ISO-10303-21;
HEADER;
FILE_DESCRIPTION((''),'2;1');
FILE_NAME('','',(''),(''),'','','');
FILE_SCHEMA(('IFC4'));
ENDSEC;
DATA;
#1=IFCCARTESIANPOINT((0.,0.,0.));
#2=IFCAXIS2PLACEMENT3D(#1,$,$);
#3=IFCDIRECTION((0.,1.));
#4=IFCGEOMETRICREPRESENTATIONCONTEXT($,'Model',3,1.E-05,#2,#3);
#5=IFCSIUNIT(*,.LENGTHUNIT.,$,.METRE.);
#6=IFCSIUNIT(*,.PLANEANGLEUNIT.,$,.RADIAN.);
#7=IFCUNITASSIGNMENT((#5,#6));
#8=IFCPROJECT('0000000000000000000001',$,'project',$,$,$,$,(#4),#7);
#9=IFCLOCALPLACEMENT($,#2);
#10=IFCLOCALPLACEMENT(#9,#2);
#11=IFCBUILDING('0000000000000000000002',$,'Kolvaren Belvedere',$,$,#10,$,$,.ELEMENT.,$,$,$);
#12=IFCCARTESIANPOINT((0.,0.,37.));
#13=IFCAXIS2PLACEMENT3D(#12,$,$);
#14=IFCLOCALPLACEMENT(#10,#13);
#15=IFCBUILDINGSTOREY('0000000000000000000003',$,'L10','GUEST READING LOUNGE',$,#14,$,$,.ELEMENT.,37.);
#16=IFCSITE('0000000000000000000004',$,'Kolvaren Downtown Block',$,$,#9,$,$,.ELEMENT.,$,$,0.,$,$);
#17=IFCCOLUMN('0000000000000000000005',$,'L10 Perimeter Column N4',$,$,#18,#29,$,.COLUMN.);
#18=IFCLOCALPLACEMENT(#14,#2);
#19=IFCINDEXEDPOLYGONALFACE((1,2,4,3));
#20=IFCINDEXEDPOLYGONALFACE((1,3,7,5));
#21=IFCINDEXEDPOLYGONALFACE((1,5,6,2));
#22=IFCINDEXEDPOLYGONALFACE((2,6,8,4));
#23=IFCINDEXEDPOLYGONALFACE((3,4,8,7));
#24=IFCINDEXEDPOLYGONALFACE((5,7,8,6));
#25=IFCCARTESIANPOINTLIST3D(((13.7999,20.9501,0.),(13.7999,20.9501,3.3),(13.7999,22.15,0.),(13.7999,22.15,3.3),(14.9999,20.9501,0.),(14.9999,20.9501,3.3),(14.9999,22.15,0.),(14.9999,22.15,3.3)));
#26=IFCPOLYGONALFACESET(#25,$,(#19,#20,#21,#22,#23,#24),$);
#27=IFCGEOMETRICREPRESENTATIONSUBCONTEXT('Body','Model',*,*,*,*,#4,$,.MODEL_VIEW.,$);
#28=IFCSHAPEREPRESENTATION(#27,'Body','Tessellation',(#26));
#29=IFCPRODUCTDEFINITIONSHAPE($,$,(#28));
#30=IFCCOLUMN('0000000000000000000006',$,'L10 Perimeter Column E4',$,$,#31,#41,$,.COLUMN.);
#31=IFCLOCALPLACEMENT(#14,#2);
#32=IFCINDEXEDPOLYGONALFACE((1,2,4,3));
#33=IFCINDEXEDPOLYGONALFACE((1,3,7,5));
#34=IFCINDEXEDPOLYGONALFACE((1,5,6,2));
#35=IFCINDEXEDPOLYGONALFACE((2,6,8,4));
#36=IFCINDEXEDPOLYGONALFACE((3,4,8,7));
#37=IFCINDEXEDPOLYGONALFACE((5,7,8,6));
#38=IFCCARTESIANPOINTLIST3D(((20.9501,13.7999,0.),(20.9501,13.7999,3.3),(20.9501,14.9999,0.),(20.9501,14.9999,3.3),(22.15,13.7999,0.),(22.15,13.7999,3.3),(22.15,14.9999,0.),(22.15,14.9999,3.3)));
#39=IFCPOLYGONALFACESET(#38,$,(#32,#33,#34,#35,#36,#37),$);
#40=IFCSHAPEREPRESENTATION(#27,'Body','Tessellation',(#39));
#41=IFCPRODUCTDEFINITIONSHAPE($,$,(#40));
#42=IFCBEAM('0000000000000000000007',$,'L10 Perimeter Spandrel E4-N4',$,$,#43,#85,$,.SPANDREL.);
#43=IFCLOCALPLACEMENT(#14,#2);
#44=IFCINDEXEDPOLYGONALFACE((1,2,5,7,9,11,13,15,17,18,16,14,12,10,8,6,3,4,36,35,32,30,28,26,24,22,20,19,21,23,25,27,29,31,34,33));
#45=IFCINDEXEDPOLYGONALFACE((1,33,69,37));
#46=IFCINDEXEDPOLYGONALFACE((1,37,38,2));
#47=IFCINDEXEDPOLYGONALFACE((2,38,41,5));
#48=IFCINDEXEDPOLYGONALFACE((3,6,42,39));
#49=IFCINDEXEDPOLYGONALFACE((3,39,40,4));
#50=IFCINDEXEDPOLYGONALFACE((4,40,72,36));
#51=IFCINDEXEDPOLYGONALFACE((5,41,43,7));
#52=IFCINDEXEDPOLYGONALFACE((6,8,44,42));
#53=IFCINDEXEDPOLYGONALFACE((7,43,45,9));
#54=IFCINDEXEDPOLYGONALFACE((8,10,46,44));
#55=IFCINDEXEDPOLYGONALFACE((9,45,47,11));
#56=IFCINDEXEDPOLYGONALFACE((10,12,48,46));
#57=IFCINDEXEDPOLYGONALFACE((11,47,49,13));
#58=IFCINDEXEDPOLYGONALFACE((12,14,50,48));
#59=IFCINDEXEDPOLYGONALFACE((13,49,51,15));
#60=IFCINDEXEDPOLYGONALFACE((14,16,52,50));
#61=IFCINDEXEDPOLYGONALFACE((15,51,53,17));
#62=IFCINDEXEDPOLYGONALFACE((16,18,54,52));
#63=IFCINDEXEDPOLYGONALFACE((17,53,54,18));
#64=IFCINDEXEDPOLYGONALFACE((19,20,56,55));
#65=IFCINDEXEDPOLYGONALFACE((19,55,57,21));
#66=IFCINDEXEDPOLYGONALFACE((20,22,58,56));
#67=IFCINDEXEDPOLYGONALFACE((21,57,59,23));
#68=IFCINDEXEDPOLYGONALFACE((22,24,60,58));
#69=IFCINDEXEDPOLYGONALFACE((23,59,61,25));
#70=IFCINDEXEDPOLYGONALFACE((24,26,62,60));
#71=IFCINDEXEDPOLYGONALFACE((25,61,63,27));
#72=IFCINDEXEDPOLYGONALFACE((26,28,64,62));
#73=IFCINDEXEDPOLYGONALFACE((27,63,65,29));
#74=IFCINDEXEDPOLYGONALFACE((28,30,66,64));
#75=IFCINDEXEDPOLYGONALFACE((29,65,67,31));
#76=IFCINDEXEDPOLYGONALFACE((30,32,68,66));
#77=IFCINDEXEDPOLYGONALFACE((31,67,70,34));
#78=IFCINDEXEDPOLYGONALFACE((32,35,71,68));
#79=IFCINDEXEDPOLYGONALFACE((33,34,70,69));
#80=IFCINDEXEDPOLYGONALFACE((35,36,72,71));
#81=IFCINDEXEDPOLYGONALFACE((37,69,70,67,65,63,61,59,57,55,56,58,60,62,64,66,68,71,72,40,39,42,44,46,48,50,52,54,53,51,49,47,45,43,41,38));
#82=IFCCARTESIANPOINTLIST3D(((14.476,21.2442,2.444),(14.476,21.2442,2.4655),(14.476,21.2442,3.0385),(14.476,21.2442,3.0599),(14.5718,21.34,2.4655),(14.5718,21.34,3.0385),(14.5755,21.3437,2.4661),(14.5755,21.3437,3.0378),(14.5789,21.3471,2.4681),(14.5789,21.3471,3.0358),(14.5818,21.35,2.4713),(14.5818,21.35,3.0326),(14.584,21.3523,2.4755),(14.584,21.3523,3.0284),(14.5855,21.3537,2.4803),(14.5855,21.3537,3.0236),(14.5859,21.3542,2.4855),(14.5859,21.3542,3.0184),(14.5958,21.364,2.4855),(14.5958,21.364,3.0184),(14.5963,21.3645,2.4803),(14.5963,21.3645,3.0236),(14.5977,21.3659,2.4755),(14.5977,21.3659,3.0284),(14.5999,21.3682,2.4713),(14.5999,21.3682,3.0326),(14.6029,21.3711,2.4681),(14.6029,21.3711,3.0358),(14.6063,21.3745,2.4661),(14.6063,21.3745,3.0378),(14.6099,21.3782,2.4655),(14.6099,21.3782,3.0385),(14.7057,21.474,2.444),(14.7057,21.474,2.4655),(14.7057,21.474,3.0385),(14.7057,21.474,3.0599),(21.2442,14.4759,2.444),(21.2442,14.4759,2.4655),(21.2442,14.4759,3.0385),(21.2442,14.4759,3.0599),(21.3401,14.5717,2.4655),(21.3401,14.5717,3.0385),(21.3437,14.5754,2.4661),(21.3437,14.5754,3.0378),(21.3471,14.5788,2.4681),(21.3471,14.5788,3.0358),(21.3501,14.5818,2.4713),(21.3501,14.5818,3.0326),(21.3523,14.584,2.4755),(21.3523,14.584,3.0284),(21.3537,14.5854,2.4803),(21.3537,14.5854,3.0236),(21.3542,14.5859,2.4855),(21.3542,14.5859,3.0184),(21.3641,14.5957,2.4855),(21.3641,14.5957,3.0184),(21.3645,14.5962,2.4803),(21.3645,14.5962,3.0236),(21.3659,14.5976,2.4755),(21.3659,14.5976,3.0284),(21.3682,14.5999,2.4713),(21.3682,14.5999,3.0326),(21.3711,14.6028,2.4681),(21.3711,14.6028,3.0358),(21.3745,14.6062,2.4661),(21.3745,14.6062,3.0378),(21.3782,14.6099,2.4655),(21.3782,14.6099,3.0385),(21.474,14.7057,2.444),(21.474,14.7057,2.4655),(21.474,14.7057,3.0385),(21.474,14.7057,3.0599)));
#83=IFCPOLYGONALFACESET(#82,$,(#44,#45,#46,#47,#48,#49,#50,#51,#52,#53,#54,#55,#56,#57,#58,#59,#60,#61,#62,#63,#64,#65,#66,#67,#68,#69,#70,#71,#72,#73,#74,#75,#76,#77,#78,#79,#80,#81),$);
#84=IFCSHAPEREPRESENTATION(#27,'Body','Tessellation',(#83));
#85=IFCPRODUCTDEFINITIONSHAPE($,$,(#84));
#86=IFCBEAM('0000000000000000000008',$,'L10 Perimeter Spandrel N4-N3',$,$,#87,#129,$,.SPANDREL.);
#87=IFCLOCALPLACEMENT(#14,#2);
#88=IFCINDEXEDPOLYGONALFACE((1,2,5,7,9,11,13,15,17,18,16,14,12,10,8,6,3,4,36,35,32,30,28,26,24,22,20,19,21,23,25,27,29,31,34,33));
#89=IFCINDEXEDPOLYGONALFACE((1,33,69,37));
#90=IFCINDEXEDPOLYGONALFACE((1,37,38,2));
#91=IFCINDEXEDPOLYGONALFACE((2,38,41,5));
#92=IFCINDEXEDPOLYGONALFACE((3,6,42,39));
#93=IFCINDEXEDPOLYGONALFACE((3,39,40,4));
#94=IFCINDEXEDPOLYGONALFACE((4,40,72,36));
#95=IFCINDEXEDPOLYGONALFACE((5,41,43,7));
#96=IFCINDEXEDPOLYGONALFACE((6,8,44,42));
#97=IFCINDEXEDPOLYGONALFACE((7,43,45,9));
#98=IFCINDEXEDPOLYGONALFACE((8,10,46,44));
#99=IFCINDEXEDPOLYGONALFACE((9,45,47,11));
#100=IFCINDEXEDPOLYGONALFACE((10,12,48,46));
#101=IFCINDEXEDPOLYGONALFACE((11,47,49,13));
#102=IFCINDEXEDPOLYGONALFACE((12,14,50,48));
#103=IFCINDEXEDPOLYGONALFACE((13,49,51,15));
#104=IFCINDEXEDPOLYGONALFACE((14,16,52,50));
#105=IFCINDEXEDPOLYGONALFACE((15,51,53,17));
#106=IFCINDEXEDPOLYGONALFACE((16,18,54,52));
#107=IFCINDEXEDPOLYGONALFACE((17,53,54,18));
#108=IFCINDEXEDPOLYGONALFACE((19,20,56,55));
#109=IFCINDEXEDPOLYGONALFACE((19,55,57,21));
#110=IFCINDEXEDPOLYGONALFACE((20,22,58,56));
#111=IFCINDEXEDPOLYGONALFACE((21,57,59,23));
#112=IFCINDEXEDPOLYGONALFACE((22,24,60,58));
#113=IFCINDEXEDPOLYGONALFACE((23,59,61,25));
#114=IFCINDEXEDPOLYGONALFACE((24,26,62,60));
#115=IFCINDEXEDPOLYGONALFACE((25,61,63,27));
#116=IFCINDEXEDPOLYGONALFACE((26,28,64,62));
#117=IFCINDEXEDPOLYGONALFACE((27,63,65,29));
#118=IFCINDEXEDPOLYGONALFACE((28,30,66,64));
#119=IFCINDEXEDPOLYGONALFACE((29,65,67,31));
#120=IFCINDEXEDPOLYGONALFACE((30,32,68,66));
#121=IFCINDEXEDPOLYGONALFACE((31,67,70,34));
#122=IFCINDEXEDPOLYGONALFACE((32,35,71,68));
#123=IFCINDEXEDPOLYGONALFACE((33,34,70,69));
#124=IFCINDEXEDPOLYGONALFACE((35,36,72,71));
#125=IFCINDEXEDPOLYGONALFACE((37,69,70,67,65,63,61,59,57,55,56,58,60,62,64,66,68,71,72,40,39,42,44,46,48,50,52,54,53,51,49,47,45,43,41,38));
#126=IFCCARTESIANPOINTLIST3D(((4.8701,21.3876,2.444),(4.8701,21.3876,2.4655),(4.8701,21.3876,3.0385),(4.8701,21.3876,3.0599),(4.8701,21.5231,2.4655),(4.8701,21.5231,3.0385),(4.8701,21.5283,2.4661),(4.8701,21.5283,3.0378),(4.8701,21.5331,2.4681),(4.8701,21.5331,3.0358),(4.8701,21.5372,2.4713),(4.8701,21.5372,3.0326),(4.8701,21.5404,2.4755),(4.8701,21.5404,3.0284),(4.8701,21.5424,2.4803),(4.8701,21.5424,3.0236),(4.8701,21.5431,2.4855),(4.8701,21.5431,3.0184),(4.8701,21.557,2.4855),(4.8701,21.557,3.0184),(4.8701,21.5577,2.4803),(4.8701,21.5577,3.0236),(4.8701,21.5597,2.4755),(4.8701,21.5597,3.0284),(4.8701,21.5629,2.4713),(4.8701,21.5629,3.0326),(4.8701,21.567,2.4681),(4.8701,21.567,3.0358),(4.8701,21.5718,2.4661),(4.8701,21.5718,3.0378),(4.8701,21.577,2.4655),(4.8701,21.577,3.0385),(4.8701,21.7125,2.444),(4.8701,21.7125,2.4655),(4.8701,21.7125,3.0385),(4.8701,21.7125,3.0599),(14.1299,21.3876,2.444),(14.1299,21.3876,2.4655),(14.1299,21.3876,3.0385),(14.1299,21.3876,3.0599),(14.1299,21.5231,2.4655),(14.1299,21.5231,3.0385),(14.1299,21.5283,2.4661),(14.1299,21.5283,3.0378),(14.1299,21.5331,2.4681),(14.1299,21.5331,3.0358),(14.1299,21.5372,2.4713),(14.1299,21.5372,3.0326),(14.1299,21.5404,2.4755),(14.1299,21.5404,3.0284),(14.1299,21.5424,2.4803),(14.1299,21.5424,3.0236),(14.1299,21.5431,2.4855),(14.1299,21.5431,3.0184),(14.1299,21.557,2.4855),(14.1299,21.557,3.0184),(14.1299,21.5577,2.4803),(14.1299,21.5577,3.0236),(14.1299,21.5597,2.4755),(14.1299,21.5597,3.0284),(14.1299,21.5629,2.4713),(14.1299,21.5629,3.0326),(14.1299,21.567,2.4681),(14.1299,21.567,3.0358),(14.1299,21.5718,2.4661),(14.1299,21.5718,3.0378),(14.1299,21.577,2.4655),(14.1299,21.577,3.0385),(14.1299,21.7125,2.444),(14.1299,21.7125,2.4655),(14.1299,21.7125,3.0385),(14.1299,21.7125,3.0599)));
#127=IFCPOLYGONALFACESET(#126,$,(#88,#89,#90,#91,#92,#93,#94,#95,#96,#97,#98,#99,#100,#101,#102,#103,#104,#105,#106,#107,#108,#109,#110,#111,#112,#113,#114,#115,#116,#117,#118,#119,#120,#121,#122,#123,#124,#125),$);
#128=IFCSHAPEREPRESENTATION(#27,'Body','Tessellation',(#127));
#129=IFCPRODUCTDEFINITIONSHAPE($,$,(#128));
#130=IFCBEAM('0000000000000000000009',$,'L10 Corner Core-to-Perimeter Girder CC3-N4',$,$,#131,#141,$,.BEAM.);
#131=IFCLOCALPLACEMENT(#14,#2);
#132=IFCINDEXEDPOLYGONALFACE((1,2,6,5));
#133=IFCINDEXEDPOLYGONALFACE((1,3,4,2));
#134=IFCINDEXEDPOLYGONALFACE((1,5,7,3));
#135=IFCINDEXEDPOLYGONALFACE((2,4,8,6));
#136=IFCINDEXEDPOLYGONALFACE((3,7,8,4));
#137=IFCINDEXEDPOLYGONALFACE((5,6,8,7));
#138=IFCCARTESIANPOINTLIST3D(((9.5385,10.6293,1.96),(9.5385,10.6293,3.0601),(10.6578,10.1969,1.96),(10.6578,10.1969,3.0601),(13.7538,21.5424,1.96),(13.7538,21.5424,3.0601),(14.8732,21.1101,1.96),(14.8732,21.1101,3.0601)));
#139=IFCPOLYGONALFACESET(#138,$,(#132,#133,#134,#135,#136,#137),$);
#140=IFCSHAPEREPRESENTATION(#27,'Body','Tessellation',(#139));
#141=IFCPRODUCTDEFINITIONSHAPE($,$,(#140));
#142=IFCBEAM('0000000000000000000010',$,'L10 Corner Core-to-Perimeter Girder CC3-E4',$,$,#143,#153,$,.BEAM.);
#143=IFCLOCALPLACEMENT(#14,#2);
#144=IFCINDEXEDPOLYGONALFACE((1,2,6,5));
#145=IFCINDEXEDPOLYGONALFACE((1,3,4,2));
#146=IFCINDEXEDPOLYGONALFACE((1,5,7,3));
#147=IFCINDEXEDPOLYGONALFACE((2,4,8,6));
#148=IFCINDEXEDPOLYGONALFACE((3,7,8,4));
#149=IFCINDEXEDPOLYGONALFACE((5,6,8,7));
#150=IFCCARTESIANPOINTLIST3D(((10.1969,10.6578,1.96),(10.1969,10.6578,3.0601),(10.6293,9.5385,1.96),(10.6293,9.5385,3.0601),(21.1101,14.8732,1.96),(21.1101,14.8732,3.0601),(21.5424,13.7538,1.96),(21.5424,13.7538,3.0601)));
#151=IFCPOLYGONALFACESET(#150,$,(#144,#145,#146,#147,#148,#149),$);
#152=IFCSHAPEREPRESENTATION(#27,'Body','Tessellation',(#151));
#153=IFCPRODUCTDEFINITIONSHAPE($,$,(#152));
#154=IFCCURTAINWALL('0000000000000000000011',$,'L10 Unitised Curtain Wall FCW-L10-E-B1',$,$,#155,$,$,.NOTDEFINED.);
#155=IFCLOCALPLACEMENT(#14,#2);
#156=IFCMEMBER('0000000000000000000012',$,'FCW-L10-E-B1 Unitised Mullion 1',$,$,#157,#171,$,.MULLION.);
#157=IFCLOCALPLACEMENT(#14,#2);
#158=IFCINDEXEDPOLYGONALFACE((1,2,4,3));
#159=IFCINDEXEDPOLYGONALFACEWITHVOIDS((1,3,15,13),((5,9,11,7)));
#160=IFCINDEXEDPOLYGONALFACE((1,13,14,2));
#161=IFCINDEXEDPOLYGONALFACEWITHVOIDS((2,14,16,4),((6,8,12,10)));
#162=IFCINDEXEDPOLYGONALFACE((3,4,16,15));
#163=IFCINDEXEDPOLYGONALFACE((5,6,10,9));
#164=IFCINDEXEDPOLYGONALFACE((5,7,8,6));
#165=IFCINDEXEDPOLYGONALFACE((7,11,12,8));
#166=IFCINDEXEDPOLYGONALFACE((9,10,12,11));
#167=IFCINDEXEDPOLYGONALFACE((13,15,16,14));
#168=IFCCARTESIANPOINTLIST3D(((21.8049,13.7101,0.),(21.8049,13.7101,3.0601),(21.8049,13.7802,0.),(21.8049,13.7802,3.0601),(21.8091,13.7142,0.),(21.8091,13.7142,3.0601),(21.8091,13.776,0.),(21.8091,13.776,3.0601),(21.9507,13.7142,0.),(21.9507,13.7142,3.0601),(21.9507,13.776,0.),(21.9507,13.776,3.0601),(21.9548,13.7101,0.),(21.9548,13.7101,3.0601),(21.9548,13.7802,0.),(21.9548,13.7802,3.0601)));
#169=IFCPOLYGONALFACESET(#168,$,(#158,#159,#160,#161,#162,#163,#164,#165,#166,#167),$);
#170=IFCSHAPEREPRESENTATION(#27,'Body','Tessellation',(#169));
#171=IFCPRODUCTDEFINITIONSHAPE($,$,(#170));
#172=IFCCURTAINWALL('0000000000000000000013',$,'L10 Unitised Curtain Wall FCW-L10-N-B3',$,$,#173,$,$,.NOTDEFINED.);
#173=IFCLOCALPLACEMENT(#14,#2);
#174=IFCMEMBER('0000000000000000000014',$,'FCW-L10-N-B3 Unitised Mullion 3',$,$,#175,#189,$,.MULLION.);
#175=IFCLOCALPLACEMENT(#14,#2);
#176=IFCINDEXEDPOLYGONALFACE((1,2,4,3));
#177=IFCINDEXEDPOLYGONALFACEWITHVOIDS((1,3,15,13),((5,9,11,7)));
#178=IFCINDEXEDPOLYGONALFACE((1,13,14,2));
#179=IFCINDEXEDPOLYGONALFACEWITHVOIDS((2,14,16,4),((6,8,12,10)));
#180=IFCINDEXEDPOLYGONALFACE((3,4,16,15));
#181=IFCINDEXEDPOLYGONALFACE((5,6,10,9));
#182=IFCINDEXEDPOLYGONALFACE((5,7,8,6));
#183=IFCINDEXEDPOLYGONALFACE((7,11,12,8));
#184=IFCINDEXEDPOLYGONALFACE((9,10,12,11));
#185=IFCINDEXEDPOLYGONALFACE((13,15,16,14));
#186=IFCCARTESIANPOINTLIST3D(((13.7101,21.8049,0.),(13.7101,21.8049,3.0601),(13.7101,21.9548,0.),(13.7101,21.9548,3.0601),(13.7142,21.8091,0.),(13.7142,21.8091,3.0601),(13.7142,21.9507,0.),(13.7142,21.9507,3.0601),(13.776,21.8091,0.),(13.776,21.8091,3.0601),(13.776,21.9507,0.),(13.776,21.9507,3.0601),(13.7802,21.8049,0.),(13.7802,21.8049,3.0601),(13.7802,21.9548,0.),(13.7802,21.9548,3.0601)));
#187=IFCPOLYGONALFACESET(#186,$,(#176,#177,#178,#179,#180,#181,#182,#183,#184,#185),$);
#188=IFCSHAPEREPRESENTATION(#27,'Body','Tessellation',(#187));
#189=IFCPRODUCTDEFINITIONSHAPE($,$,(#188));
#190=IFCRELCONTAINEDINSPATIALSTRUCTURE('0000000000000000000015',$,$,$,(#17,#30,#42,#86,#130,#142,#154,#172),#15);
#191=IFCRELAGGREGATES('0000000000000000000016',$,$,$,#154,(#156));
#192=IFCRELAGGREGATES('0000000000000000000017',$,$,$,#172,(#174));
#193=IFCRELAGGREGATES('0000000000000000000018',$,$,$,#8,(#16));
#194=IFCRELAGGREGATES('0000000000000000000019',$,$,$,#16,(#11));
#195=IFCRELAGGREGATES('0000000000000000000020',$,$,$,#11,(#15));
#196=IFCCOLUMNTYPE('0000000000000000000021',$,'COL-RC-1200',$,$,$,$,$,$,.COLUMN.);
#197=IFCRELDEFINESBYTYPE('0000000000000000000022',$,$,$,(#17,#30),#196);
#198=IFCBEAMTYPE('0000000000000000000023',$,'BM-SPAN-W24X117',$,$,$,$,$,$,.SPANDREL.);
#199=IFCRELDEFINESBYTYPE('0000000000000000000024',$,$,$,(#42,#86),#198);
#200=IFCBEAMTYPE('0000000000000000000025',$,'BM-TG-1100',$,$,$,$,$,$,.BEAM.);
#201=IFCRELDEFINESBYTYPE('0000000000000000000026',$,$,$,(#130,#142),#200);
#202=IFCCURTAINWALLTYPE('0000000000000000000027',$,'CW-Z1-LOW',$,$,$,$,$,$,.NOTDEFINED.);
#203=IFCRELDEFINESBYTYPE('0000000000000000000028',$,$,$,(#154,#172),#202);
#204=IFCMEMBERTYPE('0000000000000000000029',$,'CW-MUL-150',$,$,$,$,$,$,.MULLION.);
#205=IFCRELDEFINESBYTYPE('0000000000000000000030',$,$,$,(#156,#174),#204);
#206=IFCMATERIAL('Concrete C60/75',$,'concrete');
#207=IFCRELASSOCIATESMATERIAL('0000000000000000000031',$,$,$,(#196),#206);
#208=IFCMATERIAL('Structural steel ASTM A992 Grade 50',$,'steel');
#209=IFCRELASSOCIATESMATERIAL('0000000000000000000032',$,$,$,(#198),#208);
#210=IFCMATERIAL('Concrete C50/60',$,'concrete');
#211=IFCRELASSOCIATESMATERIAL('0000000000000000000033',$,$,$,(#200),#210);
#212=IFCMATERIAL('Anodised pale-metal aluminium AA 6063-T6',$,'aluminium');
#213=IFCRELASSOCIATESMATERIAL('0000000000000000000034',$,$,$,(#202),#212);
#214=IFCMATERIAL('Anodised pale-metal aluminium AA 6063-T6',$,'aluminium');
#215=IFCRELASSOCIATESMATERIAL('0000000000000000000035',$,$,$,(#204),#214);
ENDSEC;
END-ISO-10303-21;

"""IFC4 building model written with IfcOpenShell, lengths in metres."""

from ifc_helpers import new_model, si_unit, direction, frame, origin, origin_2d, place, context, subcontext, project, spatial, rectangle, hollow_rectangle, i_section, extrude, material, material_profile, profile_set, type_object, element, aggregate, save


model = new_model("IFC4")

# Units and contexts
model_context = context("Model", 3, precision=1e-05, world=origin(), true_north=direction((0.0, 1.0)))
body_context = subcontext(model_context, "Body", "Model", "MODEL_VIEW")
ifc_project = project(units=[si_unit("LENGTHUNIT", "METRE"), si_unit("PLANEANGLEUNIT", "RADIAN")], contexts=[model_context])

# Site, building, storey
site_placement = place(None, origin())
site = spatial("IfcSite", under=ifc_project, at=site_placement, Name="Kolvaren Downtown Block", CompositionType="ELEMENT", RefElevation=0.0)
building_placement = place(site_placement, origin())
building = spatial("IfcBuilding", under=site, at=building_placement, Name="Kolvaren Belvedere", CompositionType="ELEMENT")
storey_placement = place(building_placement, frame((0.0, 0.0, 37.0)))
storey = spatial("IfcBuildingStorey", under=building, at=storey_placement, Name="L10", Description="GUEST READING LOUNGE", CompositionType="ELEMENT", Elevation=37.0)

# Columns
ifc_material_1 = material(Name="Concrete C60/75", Category="concrete")
ifc_material_profile_1 = material_profile(ifc_material_1, rectangle(XDim=1.2, YDim=1.2, at=origin_2d()), Name="RC 1200X1200")
ifc_profile_set_1 = profile_set([ifc_material_profile_1], Name="Concrete C60/75")
column_type = type_object("IfcColumnType", Name="COL-RC-1200", PredefinedType="COLUMN", material=ifc_profile_set_1)
for number, where, z_axis, x_axis, name in (
    (1, (14.3999, 21.55, 0.0), (0.0, 0.0, 1.0), (1.0, 0.0, 0.0), "L10 Perimeter Column N4"),
    (2, (21.55, 14.3999, 0.0), (0.0, 0.0, 1.0), (1.0, 0.0, 0.0), "L10 Perimeter Column E4"),
):
    element("IfcColumn", number, at=place(storey_placement, frame(where, z_axis=z_axis, x_axis=x_axis)), inside=storey, type_object=column_type, Name=name, PredefinedType="COLUMN", context=body_context, shape_type="SweptSolid", body=[
        extrude(rectangle(XDim=1.2, YDim=1.2, at=origin_2d()), origin(), (0.0, 0.0, 1.0), 3.3),
    ])

# Beams
ifc_material_2 = material(Name="Structural steel ASTM A992 Grade 50", Category="steel")
ifc_material_profile_2 = material_profile(ifc_material_2, i_section(OverallWidth=0.325, OverallDepth=0.616, WebThickness=0.0139, FlangeThickness=0.0215, FilletRadius=0.02, at=origin_2d()), Name="W24X117")
ifc_profile_set_2 = profile_set([ifc_material_profile_2], Name="Structural steel ASTM A992 Grade 50")
beam_type_1 = type_object("IfcBeamType", Name="BM-SPAN-W24X117", PredefinedType="SPANDREL", material=ifc_profile_set_2)
beam_1_placement = place(storey_placement, frame((21.3591, 14.5908, 2.752), z_axis=(-0.707107, 0.707107, 0.0), x_axis=(-0.707107, -0.707107, 0.0)))
element("IfcBeam", 3, at=beam_1_placement, inside=storey, type_object=beam_type_1, Name="L10 Perimeter Spandrel E4-N4", PredefinedType="SPANDREL", context=body_context, shape_type="SweptSolid", body=[
    extrude(i_section(OverallWidth=0.325, OverallDepth=0.616, WebThickness=0.0139, FlangeThickness=0.0215, FilletRadius=0.02, at=origin_2d()), origin(), (0.0, 0.0, 1.0), 9.5718),
])
beam_2_placement = place(storey_placement, frame((14.1299, 21.55, 2.752), z_axis=(-1.0, 0.0, 0.0), x_axis=(0.0, -1.0, 0.0)))
element("IfcBeam", 4, at=beam_2_placement, inside=storey, type_object=beam_type_1, Name="L10 Perimeter Spandrel N4-N3", PredefinedType="SPANDREL", context=body_context, shape_type="SweptSolid", body=[
    extrude(i_section(OverallWidth=0.325, OverallDepth=0.616, WebThickness=0.0139, FlangeThickness=0.0215, FilletRadius=0.02, at=origin_2d()), origin(), (0.0, 0.0, 1.0), 9.2598),
])
ifc_material_3 = material(Name="Concrete C50/60", Category="concrete")
ifc_material_profile_3 = material_profile(ifc_material_3, rectangle(XDim=1.2, YDim=1.1001, at=origin_2d()), Name="RC 1200X1100")
ifc_profile_set_3 = profile_set([ifc_material_profile_3], Name="Concrete C50/60")
beam_type_2 = type_object("IfcBeamType", Name="BM-TG-1100", PredefinedType="BEAM", material=ifc_profile_set_3)
for number, where, z_axis, x_axis, name in (
    (5, (10.0981, 10.4131, 2.51), (0.360318, 0.932829, 0.0), (-0.932829, 0.360318, 0.0), "L10 Corner Core-to-Perimeter Girder CC3-N4"),
    (6, (10.4131, 10.0981, 2.51), (0.932829, 0.360318, 0.0), (-0.360318, 0.932829, 0.0), "L10 Corner Core-to-Perimeter Girder CC3-E4"),
):
    element("IfcBeam", number, at=place(storey_placement, frame(where, z_axis=z_axis, x_axis=x_axis)), inside=storey, type_object=beam_type_2, Name=name, PredefinedType="BEAM", context=body_context, shape_type="SweptSolid", body=[
        extrude(rectangle(XDim=1.2, YDim=1.1001, at=origin_2d()), origin(), (0.0, 0.0, 1.0), 11.699),
    ])

# Curtain walls, members
ifc_material_4 = material(Name="Anodised pale-metal aluminium AA 6063-T6", Category="aluminium")
curtain_wall_type = type_object("IfcCurtainWallType", Name="CW-Z1-LOW", PredefinedType="NOTDEFINED", material=ifc_material_4)
curtain_wall_1_placement = place(storey_placement, origin())
curtain_wall_1 = element("IfcCurtainWall", 7, at=curtain_wall_1_placement, inside=storey, type_object=curtain_wall_type, Name="L10 Unitised Curtain Wall FCW-L10-E-B1", PredefinedType="NOTDEFINED")
ifc_material_5 = material(Name="Anodised pale-metal aluminium AA 6063-T6", Category="aluminium")
ifc_material_profile_4 = material_profile(ifc_material_5, hollow_rectangle(XDim=0.0701, YDim=0.1499, WallThickness=0.0042, at=origin_2d()), Name="ALU-MUL-150X70")
ifc_profile_set_4 = profile_set([ifc_material_profile_4], Name="Anodised pale-metal aluminium AA 6063-T6")
member_type_1 = type_object("IfcMemberType", Name="CW-MUL-150", PredefinedType="MULLION", material=ifc_profile_set_4)
member_1_placement = place(storey_placement, frame((21.8799, 13.7451, 0.0), z_axis=(0.0, 0.0, 1.0), x_axis=(0.0, 1.0, 0.0)))
member_1 = element("IfcMember", 8, at=member_1_placement, type_object=member_type_1, Name="FCW-L10-E-B1 Unitised Mullion 1", PredefinedType="MULLION", context=body_context, shape_type="SweptSolid", body=[
    extrude(hollow_rectangle(XDim=0.0701, YDim=0.1499, WallThickness=0.0042, at=origin_2d()), origin(), (0.0, 0.0, 1.0), 3.0601),
])
curtain_wall_2_placement = place(storey_placement, origin())
curtain_wall_2 = element("IfcCurtainWall", 9, at=curtain_wall_2_placement, inside=storey, type_object=curtain_wall_type, Name="L10 Unitised Curtain Wall FCW-L10-N-B3", PredefinedType="NOTDEFINED")
member_2_placement = place(storey_placement, frame((13.7451, 21.8799, 0.0), z_axis=(0.0, 0.0, 1.0), x_axis=(1.0, 0.0, 0.0)))
member_2 = element("IfcMember", 10, at=member_2_placement, type_object=member_type_1, Name="FCW-L10-N-B3 Unitised Mullion 3", PredefinedType="MULLION", context=body_context, shape_type="SweptSolid", body=[
    extrude(hollow_rectangle(XDim=0.0701, YDim=0.1499, WallThickness=0.0042, at=origin_2d()), origin(), (0.0, 0.0, 1.0), 3.0601),
])

aggregate(curtain_wall_1, [member_1])
aggregate(curtain_wall_2, [member_2])

save(model, "model.ifc")
